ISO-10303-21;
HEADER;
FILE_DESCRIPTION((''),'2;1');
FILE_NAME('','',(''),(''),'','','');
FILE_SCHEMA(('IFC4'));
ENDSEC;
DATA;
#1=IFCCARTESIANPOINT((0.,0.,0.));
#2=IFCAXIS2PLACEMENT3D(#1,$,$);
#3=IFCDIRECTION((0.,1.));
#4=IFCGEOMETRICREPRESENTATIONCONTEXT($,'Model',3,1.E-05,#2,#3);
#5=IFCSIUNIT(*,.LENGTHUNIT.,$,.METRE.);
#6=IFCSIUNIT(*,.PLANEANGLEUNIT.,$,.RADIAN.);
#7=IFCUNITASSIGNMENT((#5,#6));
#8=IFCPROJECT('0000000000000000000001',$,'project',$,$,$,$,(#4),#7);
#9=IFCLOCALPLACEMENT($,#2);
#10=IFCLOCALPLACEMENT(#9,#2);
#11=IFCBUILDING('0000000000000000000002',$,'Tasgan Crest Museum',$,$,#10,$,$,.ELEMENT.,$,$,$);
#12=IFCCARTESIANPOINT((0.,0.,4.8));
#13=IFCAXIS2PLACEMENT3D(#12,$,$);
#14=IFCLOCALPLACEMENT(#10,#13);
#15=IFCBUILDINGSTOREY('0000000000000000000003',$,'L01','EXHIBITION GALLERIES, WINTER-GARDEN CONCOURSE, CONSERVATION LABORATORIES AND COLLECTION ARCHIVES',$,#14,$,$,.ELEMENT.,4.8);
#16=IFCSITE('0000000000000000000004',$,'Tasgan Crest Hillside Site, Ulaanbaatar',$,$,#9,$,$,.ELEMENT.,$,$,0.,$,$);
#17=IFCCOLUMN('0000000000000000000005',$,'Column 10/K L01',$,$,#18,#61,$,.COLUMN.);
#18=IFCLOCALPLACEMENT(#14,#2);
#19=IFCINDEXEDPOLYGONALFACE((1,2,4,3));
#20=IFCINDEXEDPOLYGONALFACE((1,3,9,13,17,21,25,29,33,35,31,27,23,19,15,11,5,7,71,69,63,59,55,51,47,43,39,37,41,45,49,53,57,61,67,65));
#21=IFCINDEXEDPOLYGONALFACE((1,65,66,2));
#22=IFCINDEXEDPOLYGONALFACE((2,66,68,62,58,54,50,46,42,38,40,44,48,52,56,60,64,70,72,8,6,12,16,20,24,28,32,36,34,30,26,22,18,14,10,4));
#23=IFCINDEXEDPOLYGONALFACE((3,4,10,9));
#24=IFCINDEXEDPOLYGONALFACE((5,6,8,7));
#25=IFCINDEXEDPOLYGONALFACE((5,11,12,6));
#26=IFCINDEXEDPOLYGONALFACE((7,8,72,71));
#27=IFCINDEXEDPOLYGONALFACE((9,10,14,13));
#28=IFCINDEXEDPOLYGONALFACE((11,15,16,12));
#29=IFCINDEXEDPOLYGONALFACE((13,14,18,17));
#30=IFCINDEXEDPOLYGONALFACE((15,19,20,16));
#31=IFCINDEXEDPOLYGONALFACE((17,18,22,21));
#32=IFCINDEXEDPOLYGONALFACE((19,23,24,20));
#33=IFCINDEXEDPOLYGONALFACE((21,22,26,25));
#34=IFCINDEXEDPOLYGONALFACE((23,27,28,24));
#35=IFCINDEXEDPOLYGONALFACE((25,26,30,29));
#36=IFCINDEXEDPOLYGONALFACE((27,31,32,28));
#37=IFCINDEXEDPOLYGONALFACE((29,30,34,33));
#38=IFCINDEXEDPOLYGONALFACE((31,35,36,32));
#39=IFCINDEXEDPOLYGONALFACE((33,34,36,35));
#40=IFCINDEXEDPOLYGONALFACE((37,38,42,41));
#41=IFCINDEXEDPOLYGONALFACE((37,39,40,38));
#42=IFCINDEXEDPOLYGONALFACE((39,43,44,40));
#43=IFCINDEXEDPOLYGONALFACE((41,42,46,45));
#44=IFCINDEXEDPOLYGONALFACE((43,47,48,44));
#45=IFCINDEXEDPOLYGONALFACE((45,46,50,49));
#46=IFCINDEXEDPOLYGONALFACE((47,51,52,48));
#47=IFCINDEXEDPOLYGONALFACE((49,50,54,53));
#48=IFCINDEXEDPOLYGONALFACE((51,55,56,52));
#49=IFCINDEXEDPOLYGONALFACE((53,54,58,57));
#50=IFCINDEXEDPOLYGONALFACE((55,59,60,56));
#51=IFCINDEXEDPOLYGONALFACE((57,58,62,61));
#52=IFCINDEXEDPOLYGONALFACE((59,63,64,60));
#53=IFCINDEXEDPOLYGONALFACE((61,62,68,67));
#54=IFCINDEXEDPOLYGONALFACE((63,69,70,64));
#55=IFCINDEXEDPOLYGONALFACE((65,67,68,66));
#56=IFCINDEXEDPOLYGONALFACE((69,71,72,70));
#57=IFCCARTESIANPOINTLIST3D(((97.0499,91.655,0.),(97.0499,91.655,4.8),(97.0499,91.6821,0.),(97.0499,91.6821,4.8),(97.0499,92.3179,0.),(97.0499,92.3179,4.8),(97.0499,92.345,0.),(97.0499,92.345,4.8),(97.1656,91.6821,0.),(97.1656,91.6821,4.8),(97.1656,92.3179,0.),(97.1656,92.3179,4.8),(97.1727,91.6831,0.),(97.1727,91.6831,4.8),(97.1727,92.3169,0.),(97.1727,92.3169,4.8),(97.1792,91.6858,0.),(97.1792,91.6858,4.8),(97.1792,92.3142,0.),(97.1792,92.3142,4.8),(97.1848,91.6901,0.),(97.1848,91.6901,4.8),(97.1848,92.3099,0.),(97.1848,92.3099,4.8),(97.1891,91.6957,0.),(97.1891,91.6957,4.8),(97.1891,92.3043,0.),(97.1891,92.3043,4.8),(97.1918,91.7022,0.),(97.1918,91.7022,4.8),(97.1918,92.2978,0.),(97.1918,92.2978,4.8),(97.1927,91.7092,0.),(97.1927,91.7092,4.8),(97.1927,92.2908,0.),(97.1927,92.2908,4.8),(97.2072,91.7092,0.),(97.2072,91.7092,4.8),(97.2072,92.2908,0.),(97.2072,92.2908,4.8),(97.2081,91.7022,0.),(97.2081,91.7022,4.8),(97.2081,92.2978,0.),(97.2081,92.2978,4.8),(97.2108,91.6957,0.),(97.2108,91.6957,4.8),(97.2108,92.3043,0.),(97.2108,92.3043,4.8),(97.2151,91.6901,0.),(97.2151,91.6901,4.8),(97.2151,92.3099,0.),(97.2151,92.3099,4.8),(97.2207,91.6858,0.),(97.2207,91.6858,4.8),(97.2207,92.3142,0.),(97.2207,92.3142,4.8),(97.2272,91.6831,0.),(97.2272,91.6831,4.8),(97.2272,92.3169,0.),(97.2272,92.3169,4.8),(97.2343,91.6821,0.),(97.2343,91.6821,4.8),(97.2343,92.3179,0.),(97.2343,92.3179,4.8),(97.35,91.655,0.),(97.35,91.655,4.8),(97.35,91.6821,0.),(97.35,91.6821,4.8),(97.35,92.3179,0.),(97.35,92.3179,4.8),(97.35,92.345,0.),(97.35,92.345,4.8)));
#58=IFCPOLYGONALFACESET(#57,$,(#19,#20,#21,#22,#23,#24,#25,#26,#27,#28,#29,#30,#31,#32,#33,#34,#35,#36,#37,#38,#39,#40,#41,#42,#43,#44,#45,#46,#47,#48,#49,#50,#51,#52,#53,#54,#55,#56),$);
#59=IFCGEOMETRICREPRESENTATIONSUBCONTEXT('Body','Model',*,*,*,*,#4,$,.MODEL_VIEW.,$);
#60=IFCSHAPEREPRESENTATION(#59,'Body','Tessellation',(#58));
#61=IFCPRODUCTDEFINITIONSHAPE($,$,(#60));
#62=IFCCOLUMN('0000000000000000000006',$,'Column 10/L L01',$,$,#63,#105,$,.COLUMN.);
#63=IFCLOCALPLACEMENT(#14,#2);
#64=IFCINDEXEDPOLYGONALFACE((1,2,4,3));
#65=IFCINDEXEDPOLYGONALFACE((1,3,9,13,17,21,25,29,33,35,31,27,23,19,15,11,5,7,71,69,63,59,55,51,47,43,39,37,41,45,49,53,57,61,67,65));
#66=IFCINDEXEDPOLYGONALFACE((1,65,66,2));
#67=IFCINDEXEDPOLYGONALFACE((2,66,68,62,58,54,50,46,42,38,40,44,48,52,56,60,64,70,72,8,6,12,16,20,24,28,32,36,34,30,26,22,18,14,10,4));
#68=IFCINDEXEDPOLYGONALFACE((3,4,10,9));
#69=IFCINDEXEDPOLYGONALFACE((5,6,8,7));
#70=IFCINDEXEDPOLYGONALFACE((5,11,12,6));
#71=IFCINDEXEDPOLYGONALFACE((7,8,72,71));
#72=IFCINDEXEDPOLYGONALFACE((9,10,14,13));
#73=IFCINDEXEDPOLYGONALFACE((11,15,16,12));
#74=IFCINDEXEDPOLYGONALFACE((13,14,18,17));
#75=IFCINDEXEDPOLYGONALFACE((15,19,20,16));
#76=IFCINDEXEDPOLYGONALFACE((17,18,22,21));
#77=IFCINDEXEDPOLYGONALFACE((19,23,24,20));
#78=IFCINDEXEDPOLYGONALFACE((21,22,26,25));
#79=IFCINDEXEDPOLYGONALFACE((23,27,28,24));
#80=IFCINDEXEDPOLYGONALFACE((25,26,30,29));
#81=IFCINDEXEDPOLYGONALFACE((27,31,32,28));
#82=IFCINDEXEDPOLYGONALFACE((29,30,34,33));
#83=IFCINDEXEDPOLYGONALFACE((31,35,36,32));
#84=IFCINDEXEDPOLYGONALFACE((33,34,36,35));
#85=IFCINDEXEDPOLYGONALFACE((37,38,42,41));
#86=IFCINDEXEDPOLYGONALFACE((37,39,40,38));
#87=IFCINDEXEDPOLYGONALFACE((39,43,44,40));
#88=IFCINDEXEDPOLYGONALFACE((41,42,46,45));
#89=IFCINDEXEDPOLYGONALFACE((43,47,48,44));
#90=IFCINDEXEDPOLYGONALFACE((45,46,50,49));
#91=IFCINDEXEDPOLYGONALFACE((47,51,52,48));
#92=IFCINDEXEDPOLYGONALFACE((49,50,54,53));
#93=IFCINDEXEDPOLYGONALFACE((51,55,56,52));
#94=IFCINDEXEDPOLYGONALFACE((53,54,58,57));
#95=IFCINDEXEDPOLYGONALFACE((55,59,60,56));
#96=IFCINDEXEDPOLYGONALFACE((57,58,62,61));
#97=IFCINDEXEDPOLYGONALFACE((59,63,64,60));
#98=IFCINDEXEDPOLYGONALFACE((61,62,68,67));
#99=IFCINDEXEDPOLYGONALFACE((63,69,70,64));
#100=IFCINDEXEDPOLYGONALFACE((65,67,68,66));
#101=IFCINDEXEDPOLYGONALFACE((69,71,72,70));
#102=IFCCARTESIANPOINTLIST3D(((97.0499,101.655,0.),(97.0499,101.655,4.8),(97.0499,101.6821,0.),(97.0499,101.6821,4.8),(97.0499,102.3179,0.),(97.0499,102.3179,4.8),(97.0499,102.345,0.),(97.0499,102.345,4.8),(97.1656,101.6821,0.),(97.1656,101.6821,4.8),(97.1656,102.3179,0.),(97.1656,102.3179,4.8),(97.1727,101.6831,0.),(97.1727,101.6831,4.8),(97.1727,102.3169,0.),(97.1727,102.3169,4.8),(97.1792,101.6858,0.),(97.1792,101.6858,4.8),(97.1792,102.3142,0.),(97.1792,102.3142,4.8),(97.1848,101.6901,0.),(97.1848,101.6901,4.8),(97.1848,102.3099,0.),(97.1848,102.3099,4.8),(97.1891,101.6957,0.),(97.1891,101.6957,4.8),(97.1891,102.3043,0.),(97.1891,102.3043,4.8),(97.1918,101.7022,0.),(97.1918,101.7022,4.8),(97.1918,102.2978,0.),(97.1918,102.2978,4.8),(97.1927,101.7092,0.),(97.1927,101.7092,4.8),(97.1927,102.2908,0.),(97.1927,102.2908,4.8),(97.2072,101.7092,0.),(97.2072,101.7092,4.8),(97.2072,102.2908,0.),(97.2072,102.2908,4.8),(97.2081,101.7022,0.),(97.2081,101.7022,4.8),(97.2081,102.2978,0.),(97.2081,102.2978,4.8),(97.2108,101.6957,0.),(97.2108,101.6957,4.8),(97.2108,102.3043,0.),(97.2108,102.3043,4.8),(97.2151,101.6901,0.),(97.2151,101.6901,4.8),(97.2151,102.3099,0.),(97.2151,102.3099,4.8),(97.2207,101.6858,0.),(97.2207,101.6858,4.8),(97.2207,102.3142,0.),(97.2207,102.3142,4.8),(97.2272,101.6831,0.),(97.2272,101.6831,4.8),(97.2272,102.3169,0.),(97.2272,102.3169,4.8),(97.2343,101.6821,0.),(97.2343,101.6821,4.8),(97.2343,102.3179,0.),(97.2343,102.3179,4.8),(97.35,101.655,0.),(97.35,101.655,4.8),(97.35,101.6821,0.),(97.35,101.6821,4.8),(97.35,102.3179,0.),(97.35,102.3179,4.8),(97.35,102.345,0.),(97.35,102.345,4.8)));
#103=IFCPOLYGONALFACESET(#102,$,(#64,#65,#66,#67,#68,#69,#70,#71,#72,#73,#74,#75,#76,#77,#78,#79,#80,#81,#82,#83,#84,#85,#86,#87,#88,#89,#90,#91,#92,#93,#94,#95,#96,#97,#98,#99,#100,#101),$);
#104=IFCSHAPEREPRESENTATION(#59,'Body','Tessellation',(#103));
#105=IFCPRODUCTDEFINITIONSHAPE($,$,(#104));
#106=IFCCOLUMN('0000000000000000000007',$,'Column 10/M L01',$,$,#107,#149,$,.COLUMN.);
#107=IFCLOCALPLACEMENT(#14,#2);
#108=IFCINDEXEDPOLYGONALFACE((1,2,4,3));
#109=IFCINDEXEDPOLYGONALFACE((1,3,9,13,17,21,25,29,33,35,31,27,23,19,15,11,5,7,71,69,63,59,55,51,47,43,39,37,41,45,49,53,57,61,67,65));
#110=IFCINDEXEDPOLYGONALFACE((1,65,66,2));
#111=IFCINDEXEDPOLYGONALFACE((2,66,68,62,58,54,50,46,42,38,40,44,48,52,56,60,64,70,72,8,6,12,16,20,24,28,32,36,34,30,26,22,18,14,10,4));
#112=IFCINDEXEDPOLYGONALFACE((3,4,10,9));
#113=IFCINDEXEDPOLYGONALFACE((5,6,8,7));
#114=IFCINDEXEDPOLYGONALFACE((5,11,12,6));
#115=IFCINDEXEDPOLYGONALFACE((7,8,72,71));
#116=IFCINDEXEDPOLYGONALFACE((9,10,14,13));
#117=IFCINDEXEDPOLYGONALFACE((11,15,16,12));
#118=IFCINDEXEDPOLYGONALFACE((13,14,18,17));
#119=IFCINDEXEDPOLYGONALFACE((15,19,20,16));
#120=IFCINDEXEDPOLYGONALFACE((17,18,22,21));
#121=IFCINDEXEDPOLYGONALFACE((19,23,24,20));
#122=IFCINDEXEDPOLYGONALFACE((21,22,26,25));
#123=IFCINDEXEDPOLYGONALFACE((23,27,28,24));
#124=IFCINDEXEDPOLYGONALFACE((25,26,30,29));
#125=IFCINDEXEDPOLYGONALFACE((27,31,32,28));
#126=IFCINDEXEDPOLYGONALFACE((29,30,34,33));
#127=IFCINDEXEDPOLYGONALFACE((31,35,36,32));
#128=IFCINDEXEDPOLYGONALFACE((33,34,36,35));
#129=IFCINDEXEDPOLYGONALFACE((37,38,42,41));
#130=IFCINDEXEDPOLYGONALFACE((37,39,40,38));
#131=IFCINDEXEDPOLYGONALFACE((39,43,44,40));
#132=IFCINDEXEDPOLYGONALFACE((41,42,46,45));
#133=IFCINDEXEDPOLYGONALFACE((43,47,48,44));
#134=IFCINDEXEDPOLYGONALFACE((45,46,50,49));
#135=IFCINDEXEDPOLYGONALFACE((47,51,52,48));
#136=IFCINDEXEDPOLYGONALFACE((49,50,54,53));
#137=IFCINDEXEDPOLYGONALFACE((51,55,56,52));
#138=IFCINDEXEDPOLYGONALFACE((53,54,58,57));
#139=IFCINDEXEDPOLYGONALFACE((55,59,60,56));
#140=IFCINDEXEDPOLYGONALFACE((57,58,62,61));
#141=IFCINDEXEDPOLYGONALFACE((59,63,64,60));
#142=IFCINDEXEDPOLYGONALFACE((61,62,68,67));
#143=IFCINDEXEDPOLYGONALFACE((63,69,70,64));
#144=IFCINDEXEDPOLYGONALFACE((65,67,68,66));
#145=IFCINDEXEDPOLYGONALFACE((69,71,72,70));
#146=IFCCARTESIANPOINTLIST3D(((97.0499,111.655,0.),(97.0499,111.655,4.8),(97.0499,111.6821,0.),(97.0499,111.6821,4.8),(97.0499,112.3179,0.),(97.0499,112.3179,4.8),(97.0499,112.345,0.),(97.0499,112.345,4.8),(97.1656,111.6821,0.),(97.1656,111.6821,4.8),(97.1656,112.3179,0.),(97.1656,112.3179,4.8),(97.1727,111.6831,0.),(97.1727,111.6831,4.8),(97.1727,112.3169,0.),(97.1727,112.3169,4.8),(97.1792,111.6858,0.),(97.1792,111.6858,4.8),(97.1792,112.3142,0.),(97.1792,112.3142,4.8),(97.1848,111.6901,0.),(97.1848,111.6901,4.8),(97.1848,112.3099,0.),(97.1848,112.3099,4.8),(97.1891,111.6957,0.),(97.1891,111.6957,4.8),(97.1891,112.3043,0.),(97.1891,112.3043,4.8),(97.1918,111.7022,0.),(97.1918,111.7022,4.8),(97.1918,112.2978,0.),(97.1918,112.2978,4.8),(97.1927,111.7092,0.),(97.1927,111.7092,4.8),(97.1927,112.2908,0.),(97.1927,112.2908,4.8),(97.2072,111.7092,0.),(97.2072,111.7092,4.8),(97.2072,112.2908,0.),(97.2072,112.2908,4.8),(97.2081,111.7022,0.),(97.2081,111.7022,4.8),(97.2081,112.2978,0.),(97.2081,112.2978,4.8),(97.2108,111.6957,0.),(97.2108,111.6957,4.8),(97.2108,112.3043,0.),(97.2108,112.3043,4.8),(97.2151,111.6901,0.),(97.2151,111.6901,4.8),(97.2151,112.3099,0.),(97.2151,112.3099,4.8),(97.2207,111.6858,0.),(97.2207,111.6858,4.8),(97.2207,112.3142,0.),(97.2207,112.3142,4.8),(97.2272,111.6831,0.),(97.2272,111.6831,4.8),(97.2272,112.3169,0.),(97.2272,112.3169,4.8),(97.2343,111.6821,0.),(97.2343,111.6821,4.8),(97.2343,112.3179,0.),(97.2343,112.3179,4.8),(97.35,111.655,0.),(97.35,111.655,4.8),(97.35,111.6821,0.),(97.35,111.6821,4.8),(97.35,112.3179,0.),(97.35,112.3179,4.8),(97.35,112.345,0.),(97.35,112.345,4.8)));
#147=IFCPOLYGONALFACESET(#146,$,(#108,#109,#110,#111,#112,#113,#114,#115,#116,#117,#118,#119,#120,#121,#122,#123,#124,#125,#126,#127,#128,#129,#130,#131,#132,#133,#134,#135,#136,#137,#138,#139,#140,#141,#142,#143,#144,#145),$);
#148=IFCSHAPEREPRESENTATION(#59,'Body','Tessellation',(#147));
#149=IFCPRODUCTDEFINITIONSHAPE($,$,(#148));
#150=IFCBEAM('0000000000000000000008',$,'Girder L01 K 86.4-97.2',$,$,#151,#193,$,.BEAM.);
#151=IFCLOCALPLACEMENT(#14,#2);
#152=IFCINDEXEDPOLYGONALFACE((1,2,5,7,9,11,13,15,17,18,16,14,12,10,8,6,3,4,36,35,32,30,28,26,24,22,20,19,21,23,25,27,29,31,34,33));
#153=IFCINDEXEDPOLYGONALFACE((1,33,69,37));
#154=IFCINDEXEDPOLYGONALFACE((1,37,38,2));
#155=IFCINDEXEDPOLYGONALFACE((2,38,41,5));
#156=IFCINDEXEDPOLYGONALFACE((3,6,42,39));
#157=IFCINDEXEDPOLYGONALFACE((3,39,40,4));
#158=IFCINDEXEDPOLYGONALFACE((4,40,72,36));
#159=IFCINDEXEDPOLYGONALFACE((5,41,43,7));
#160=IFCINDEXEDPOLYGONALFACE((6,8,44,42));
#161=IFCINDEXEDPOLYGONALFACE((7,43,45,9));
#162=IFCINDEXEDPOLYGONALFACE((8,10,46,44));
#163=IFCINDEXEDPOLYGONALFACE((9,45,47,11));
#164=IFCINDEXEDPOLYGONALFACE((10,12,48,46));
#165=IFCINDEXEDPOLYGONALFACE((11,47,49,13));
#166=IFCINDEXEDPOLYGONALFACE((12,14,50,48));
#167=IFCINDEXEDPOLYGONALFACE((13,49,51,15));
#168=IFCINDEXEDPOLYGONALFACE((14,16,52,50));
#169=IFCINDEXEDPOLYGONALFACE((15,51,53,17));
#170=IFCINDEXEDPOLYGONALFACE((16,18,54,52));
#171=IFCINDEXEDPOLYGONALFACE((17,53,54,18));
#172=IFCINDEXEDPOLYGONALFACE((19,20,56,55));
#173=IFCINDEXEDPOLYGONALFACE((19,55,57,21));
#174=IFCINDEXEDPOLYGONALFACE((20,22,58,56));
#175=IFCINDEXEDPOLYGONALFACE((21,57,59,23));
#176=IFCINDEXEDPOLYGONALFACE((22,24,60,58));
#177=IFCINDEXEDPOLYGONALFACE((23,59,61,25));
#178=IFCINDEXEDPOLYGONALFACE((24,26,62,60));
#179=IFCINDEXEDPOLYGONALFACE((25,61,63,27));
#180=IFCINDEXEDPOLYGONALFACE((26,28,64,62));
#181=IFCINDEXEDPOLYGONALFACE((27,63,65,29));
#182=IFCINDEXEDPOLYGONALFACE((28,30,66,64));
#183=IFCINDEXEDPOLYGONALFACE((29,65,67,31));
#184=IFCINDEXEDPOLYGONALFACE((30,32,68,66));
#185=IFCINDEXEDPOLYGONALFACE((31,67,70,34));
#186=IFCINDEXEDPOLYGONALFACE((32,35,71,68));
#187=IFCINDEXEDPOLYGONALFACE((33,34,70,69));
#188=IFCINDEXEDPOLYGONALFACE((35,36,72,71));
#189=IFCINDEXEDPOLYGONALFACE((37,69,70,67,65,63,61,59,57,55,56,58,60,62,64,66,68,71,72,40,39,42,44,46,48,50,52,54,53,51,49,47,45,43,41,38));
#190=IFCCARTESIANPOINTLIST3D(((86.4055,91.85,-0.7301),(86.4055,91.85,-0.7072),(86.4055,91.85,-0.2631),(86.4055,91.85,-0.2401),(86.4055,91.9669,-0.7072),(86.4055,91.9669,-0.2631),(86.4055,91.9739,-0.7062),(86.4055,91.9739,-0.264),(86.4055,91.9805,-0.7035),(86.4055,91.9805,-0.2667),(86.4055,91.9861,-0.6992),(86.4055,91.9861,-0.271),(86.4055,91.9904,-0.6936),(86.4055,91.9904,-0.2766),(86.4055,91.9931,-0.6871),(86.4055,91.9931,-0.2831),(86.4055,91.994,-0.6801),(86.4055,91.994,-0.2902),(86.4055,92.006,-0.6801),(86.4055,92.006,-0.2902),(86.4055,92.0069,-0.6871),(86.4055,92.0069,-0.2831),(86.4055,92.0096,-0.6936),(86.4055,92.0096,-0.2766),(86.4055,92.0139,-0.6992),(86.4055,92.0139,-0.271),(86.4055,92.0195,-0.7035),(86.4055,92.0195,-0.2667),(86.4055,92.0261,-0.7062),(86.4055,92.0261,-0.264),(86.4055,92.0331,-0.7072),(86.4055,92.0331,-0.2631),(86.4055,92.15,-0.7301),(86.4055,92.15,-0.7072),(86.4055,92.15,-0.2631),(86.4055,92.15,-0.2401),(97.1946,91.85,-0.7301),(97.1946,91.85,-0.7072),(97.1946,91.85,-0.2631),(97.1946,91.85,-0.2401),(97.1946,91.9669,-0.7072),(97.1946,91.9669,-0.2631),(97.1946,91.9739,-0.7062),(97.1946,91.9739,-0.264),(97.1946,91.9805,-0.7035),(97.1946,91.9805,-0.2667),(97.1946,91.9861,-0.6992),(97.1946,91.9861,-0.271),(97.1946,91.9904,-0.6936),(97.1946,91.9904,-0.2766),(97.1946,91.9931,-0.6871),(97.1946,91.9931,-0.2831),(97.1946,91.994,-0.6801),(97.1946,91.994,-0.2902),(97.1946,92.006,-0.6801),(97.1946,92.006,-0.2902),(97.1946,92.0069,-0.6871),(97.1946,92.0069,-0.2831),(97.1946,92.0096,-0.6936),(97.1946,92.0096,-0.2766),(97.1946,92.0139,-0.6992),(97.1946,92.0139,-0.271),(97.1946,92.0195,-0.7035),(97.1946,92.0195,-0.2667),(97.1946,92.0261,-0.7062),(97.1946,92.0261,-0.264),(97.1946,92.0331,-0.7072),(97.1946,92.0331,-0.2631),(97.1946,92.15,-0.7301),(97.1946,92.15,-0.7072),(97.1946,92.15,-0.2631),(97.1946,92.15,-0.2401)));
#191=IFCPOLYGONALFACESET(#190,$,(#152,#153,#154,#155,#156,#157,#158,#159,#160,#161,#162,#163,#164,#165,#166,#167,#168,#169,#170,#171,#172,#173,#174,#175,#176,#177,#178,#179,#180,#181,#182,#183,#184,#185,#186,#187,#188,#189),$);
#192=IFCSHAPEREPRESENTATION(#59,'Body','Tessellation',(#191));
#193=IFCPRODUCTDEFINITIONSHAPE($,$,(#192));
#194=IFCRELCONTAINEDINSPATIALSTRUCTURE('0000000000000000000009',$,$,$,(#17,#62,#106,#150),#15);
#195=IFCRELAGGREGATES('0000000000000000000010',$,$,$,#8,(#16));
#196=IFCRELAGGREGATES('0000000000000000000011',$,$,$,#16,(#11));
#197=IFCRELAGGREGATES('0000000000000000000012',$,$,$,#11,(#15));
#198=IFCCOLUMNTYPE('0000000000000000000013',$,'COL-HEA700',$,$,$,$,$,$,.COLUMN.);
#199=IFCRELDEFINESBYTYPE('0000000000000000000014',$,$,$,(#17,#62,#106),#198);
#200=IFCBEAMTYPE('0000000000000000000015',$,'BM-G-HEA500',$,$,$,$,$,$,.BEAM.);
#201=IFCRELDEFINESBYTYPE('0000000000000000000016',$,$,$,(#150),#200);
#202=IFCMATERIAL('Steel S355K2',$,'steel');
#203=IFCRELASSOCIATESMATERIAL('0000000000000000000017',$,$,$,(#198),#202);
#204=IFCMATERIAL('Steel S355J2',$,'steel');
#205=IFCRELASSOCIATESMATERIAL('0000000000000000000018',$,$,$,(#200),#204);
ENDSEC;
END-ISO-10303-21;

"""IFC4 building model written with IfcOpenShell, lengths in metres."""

from ifc_helpers import new_model, si_unit, direction, frame, origin, origin_2d, place, context, subcontext, project, spatial, i_section, extrude, material, material_profile, profile_set, type_object, element, save


model = new_model("IFC4")

# Units and contexts
model_context = context("Model", 3, precision=1e-05, world=origin(), true_north=direction((0.0, 1.0)))
body_context = subcontext(model_context, "Body", "Model", "MODEL_VIEW")
ifc_project = project(units=[si_unit("LENGTHUNIT", "METRE"), si_unit("PLANEANGLEUNIT", "RADIAN")], contexts=[model_context])

# Site, building, storey
site_placement = place(None, origin())
site = spatial("IfcSite", under=ifc_project, at=site_placement, Name="Tasgan Crest Hillside Site, Ulaanbaatar", CompositionType="ELEMENT", RefElevation=0.0)
building_placement = place(site_placement, origin())
building = spatial("IfcBuilding", under=site, at=building_placement, Name="Tasgan Crest Museum", CompositionType="ELEMENT")
storey_placement = place(building_placement, frame((0.0, 0.0, 4.8)))
storey = spatial("IfcBuildingStorey", under=building, at=storey_placement, Name="L01", Description="EXHIBITION GALLERIES, WINTER-GARDEN CONCOURSE, CONSERVATION LABORATORIES AND COLLECTION ARCHIVES", CompositionType="ELEMENT", Elevation=4.8)

# Columns
ifc_material_1 = material(Name="Steel S355K2", Category="steel")
ifc_material_profile_1 = material_profile(ifc_material_1, i_section(OverallWidth=0.3, OverallDepth=0.6899, WebThickness=0.0144, FlangeThickness=0.0271, FilletRadius=0.0271, at=origin_2d()), Name="HEA 700")
ifc_profile_set_1 = profile_set([ifc_material_profile_1], Name="Steel S355K2")
column_type_1 = type_object("IfcColumnType", Name="COL-HEA700", PredefinedType="COLUMN", material=ifc_profile_set_1)
for number, where, z_axis, x_axis, name in (
    (1, (97.2, 92.0, 0.0), (0.0, 0.0, 1.0), (1.0, 0.0, 0.0), "Column 10/K L01"),
    (2, (97.2, 102.0, 0.0), (0.0, 0.0, 1.0), (1.0, 0.0, 0.0), "Column 10/L L01"),
    (3, (97.2, 112.0, 0.0), (0.0, 0.0, 1.0), (1.0, 0.0, 0.0), "Column 10/M L01"),
):
    element("IfcColumn", number, at=place(storey_placement, frame(where, z_axis=z_axis, x_axis=x_axis)), inside=storey, type_object=column_type_1, Name=name, PredefinedType="COLUMN", context=body_context, shape_type="SweptSolid", body=[
        extrude(i_section(OverallWidth=0.3, OverallDepth=0.6899, WebThickness=0.0144, FlangeThickness=0.0271, FilletRadius=0.0271, at=origin_2d()), origin(), (0.0, 0.0, 1.0), 4.8),
    ])

# Beam
ifc_material_2 = material(Name="Steel S355J2", Category="steel")
ifc_material_profile_2 = material_profile(ifc_material_2, i_section(OverallWidth=0.3, OverallDepth=0.49, WebThickness=0.012, FlangeThickness=0.0229, FilletRadius=0.0271, at=origin_2d()), Name="HEA 500")
ifc_profile_set_2 = profile_set([ifc_material_profile_2], Name="Steel S355J2")
beam_type_1 = type_object("IfcBeamType", Name="BM-G-HEA500", PredefinedType="BEAM", material=ifc_profile_set_2)
beam_1_placement = place(storey_placement, frame((86.4055, 92.0, -0.4851), z_axis=(1.0, 0.0, 0.0), x_axis=(0.0, 1.0, 0.0)))
element("IfcBeam", 4, at=beam_1_placement, inside=storey, type_object=beam_type_1, Name="Girder L01 K 86.4-97.2", PredefinedType="BEAM", context=body_context, shape_type="SweptSolid", body=[
    extrude(i_section(OverallWidth=0.3, OverallDepth=0.49, WebThickness=0.012, FlangeThickness=0.0229, FilletRadius=0.0271, at=origin_2d()), origin(), (0.0, 0.0, 1.0), 10.7891),
])

save(model, "model.ifc")
